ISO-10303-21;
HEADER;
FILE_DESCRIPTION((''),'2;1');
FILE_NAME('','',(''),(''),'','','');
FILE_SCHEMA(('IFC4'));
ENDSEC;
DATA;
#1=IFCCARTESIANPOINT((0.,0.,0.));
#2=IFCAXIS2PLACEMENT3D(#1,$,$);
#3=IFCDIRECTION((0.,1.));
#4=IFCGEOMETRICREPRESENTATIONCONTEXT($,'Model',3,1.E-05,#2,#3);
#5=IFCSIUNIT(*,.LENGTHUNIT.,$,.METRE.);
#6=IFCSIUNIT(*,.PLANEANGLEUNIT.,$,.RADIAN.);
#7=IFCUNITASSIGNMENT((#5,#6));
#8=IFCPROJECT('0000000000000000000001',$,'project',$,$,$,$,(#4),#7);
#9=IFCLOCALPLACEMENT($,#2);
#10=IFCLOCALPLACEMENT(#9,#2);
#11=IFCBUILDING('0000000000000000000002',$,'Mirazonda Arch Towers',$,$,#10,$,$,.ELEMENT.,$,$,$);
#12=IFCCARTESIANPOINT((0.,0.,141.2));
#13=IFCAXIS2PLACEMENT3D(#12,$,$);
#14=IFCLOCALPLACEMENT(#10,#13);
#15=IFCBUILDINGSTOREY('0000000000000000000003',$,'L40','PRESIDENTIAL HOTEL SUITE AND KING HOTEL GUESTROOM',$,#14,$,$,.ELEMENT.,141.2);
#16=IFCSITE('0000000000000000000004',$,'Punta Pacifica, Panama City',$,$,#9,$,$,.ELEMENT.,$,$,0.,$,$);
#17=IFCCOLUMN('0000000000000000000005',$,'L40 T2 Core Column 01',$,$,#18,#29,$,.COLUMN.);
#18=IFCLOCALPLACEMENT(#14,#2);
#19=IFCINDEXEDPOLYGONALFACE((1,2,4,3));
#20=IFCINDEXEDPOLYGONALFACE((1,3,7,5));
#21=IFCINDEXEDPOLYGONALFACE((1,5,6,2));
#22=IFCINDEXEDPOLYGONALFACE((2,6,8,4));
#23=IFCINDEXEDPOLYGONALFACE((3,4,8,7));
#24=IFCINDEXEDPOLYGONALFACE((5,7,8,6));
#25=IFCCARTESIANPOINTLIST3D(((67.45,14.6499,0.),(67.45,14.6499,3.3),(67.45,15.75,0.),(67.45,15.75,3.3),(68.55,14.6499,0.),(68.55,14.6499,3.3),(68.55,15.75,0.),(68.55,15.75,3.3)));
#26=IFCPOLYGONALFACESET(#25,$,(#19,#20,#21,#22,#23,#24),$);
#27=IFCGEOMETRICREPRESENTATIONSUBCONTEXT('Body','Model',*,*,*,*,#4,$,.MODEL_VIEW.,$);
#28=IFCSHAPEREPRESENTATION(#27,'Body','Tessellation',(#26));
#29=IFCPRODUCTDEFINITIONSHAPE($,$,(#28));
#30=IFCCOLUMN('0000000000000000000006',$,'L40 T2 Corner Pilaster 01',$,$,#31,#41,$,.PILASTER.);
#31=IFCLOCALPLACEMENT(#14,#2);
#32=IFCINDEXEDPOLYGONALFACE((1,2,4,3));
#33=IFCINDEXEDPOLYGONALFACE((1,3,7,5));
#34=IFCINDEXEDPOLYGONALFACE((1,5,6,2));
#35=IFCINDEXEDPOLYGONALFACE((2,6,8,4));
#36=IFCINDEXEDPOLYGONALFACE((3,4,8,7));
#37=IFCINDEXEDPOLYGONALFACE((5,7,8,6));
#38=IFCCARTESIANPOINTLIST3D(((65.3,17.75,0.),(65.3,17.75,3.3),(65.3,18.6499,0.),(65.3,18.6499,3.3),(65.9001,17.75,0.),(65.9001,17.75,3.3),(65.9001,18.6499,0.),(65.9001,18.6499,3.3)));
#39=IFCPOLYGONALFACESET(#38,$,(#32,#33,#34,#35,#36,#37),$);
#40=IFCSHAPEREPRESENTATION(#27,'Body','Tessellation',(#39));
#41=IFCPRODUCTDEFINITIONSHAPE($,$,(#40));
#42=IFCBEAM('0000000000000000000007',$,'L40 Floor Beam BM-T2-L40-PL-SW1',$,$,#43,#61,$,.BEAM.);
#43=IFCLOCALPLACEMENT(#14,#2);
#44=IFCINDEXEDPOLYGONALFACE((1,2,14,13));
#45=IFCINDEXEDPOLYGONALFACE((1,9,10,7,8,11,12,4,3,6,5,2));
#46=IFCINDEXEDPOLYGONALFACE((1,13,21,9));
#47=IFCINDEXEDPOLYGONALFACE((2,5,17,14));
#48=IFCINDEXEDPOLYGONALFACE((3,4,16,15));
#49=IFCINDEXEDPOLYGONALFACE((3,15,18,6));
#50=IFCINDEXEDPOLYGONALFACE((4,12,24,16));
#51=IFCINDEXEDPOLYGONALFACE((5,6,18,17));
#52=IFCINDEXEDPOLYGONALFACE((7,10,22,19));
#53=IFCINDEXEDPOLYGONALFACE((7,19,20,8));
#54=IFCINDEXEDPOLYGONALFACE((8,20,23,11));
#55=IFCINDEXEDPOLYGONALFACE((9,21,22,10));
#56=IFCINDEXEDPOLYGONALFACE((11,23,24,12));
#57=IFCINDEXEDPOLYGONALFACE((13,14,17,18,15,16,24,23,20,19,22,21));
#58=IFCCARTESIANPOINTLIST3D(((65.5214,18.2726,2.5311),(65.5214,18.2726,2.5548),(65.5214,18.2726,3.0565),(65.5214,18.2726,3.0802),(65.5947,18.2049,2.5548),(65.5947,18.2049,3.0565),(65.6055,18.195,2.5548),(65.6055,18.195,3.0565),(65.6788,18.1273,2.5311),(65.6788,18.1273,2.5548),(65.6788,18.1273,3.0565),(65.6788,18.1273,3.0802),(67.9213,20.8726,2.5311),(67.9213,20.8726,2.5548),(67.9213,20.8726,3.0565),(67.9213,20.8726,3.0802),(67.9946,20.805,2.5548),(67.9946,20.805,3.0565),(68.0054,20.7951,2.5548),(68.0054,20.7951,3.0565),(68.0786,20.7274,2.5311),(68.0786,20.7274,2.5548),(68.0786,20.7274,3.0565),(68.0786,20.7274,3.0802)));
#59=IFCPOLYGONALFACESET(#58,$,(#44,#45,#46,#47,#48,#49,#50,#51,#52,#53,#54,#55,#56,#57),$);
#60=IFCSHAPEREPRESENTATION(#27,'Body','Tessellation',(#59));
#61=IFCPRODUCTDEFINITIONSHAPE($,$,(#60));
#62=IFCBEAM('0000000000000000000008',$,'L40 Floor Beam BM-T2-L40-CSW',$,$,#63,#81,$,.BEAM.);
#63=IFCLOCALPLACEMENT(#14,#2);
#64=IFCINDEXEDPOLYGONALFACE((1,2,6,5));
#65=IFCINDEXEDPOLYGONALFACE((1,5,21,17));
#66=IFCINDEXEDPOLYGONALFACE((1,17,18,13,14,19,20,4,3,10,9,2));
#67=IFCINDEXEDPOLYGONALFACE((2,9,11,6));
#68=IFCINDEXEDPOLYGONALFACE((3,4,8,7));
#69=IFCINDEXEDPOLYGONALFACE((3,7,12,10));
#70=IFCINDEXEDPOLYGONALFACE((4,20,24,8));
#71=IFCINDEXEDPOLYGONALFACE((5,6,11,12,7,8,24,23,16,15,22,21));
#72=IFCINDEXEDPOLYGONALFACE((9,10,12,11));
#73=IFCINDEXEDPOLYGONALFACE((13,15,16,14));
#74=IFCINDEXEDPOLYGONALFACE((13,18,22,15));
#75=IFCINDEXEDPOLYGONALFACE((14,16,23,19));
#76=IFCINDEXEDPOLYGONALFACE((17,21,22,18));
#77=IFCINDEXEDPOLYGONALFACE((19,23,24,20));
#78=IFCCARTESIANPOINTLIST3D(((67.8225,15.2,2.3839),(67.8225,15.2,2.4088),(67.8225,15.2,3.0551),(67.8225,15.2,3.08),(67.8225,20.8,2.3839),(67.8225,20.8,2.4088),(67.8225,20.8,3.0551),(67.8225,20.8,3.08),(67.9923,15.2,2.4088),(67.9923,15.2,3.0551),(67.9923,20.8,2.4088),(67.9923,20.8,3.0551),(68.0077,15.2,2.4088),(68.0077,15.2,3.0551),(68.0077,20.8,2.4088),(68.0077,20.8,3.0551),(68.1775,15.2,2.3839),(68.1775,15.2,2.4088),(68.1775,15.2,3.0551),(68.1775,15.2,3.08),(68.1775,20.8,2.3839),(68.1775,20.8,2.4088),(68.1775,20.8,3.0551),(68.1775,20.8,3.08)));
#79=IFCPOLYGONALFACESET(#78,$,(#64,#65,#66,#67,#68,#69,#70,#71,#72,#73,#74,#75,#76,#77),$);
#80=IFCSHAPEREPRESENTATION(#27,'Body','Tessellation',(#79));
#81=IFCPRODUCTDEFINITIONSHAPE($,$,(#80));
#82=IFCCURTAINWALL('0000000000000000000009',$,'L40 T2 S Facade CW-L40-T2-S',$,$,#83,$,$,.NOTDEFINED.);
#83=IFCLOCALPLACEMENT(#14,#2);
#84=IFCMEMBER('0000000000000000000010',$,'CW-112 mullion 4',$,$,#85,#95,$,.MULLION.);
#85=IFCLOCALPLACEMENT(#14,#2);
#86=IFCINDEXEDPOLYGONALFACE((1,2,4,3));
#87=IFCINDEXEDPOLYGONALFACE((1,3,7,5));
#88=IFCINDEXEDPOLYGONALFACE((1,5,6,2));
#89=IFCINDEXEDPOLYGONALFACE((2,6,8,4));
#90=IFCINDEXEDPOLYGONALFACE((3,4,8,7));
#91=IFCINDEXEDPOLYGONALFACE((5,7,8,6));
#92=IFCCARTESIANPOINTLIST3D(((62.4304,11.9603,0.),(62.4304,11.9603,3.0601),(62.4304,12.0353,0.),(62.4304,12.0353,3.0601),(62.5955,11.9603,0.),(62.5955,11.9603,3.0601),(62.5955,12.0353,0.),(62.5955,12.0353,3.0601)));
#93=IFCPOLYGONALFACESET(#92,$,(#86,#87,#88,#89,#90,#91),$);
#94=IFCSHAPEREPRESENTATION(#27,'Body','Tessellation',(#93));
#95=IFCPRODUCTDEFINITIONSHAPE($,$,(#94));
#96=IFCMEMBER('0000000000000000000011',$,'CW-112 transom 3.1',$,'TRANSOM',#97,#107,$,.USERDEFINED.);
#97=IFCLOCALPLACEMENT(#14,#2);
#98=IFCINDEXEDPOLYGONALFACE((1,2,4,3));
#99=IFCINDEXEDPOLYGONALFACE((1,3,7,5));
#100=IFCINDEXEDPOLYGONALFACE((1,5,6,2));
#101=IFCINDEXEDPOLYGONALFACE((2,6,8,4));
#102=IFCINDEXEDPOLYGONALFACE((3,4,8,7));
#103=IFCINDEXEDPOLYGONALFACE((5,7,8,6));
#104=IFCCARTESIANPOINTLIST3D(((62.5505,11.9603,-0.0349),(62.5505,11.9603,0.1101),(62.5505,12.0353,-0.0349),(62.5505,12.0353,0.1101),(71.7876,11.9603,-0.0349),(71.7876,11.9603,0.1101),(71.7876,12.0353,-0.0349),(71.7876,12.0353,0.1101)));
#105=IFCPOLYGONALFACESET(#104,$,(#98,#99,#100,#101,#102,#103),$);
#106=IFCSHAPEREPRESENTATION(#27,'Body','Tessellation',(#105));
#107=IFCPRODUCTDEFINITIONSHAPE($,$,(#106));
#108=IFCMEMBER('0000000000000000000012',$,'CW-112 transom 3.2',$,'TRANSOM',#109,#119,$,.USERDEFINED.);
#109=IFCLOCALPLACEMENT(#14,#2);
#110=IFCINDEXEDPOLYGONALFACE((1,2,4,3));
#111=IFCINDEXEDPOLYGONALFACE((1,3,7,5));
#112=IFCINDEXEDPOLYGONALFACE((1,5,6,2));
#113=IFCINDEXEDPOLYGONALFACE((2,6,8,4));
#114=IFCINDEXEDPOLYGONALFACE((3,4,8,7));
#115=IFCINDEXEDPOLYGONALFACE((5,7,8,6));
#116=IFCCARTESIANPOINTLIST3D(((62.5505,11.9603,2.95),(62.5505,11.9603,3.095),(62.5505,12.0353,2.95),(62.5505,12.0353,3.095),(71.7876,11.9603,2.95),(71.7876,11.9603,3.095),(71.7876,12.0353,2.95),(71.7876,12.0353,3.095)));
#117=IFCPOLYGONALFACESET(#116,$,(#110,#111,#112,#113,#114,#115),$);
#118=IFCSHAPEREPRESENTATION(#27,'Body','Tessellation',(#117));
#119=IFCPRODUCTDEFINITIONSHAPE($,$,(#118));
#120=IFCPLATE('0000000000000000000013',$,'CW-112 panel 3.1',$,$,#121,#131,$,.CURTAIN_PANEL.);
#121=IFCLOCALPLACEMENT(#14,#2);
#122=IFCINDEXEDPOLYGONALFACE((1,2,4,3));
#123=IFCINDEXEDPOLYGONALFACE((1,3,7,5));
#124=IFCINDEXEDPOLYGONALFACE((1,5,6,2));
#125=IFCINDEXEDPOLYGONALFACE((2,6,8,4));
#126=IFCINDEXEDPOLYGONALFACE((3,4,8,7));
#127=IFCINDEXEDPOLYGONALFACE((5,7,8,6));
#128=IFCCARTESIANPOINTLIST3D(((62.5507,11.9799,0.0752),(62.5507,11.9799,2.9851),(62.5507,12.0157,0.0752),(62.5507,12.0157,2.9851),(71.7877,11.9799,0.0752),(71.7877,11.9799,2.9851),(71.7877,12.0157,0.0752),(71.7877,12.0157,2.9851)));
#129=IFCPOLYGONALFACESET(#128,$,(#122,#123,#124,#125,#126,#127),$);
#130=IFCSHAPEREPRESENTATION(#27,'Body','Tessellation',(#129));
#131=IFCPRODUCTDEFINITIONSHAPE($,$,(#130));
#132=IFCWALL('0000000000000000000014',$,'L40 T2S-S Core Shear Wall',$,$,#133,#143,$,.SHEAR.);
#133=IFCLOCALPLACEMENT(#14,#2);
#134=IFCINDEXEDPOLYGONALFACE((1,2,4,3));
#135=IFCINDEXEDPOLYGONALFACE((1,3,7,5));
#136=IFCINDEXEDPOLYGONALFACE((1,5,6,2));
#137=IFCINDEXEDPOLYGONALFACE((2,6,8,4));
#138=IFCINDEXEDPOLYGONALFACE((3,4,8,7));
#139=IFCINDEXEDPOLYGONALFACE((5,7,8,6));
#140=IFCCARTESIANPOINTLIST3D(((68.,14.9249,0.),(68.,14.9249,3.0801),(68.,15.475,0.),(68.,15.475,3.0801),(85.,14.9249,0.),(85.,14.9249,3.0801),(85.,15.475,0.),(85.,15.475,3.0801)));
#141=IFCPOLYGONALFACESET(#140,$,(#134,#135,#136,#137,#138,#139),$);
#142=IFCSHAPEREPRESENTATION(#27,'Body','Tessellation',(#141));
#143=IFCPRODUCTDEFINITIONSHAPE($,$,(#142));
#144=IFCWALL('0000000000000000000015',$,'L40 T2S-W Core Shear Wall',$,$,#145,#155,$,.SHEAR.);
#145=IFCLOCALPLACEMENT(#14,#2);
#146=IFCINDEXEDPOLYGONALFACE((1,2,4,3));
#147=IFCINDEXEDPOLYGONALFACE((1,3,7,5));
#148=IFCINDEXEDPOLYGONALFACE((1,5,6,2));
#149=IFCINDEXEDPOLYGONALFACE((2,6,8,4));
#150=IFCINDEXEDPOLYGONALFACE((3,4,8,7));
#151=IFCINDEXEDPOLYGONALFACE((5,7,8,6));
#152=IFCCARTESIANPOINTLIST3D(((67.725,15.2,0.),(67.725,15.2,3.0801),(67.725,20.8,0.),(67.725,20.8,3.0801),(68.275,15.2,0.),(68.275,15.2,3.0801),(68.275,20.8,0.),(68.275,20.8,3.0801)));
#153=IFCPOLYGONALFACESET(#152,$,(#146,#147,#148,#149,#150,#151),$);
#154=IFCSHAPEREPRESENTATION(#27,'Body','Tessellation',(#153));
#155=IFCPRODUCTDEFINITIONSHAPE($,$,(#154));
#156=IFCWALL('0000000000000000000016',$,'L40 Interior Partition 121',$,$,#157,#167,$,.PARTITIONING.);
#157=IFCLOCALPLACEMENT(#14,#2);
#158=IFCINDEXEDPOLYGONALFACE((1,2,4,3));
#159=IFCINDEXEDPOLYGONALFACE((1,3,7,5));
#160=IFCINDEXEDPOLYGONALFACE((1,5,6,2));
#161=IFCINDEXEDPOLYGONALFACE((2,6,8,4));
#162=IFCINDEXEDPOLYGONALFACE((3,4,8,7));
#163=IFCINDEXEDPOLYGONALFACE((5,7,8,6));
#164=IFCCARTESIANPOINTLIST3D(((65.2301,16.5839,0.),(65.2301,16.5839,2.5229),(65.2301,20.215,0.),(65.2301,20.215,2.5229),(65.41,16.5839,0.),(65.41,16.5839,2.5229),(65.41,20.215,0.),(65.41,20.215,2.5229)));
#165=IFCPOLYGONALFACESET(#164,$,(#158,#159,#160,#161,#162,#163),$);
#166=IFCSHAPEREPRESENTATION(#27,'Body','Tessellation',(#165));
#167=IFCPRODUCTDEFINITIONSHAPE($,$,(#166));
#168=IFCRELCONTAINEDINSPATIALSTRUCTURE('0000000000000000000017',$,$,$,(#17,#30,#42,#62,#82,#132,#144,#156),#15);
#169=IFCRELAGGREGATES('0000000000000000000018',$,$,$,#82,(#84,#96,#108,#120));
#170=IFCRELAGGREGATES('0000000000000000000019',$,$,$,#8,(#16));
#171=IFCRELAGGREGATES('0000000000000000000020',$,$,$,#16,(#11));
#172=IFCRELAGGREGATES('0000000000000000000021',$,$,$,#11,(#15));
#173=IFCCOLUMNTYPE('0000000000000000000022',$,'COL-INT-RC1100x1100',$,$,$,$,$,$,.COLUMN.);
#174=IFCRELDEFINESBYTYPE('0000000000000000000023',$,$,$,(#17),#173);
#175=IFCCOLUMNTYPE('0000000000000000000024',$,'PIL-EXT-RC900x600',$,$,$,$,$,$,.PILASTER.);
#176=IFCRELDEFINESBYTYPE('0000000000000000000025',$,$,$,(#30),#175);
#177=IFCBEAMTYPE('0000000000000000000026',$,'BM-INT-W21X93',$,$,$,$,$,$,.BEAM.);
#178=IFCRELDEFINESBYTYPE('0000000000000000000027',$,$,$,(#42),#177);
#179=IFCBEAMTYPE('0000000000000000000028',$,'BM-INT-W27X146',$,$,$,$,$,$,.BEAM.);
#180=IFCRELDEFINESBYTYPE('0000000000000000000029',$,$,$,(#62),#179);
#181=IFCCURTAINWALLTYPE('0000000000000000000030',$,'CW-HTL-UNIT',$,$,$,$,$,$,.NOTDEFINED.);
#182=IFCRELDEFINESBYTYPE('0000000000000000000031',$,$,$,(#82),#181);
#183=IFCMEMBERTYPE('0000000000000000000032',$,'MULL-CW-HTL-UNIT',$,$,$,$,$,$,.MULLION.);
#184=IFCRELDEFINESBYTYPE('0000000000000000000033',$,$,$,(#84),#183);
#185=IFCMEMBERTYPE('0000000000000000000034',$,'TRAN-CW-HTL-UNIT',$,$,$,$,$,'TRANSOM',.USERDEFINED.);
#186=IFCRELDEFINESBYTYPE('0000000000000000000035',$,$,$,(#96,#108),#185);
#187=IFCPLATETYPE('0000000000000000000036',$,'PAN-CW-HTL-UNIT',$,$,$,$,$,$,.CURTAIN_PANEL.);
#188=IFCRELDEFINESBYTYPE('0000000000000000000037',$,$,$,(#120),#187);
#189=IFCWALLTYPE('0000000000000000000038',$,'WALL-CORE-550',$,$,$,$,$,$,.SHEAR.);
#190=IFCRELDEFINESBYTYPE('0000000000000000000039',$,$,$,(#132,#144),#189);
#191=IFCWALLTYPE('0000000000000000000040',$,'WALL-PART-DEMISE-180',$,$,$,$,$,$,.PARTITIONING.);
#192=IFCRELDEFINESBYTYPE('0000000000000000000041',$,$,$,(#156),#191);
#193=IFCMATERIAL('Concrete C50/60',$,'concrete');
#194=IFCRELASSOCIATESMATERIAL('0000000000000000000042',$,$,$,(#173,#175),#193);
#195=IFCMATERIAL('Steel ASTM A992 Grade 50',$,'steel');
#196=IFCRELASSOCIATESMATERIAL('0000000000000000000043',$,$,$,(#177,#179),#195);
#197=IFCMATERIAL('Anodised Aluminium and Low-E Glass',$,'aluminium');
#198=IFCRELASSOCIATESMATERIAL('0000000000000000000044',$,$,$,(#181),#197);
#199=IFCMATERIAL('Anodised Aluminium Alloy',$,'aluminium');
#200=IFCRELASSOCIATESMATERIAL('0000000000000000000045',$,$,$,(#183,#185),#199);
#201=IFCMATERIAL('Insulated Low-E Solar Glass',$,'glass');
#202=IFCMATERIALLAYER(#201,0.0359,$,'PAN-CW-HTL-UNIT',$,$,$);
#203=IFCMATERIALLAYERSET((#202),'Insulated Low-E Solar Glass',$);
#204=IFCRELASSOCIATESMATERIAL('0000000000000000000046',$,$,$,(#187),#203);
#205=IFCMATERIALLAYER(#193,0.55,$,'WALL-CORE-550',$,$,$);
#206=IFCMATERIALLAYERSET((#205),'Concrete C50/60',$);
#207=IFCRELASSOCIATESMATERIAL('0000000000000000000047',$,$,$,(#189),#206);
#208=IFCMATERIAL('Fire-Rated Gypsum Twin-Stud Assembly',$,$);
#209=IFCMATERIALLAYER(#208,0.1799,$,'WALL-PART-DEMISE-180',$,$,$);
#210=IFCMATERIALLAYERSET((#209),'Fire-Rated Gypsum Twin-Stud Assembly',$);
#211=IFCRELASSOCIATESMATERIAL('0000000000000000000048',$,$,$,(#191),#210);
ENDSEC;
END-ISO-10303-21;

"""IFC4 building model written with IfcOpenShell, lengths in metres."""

from ifc_helpers import new_model, si_unit, direction, frame, frame_2d, origin, origin_2d, place, context, subcontext, project, spatial, rectangle, i_section, extrude, material, layer, layer_set, material_profile, profile_set, type_object, element, aggregate, save


model = new_model("IFC4")

# Units and contexts
model_context = context("Model", 3, precision=1e-05, world=origin(), true_north=direction((0.0, 1.0)))
body_context = subcontext(model_context, "Body", "Model", "MODEL_VIEW")
ifc_project = project(units=[si_unit("LENGTHUNIT", "METRE"), si_unit("PLANEANGLEUNIT", "RADIAN")], contexts=[model_context])

# Site, building, storey
site_placement = place(None, origin())
site = spatial("IfcSite", under=ifc_project, at=site_placement, Name="Punta Pacifica, Panama City", CompositionType="ELEMENT", RefElevation=0.0)
building_placement = place(site_placement, origin())
building = spatial("IfcBuilding", under=site, at=building_placement, Name="Mirazonda Arch Towers", CompositionType="ELEMENT")
storey_placement = place(building_placement, frame((0.0, 0.0, 141.2)))
storey = spatial("IfcBuildingStorey", under=building, at=storey_placement, Name="L40", Description="PRESIDENTIAL HOTEL SUITE AND KING HOTEL GUESTROOM", CompositionType="ELEMENT", Elevation=141.2)

# Columns
ifc_material_1 = material(Name="Concrete C50/60", Category="concrete")
ifc_material_profile_1 = material_profile(ifc_material_1, rectangle(XDim=1.1001, YDim=1.1001, at=origin_2d()), Name="RC1100x1100")
ifc_profile_set_1 = profile_set([ifc_material_profile_1], Name="Concrete C50/60")
column_type_1 = type_object("IfcColumnType", Name="COL-INT-RC1100x1100", PredefinedType="COLUMN", material=ifc_profile_set_1)
column_1_placement = place(storey_placement, frame((68.0, 15.2, 0.0), z_axis=(0.0, 0.0, 1.0), x_axis=(1.0, 0.0, 0.0)))
element("IfcColumn", 1, at=column_1_placement, inside=storey, type_object=column_type_1, Name="L40 T2 Core Column 01", PredefinedType="COLUMN", context=body_context, shape_type="SweptSolid", body=[
    extrude(rectangle(XDim=1.1001, YDim=1.1001, at=origin_2d()), origin(), (0.0, 0.0, 1.0), 3.3),
])
ifc_material_profile_2 = material_profile(ifc_material_1, rectangle(XDim=0.6001, YDim=0.8999, at=origin_2d()), Name="RC900x600")
ifc_profile_set_2 = profile_set([ifc_material_profile_2], Name="Concrete C50/60")
column_type_2 = type_object("IfcColumnType", Name="PIL-EXT-RC900x600", PredefinedType="PILASTER", material=ifc_profile_set_2)
column_2_placement = place(storey_placement, frame((65.6001, 18.2, 0.0), z_axis=(0.0, 0.0, 1.0), x_axis=(1.0, 0.0, 0.0)))
element("IfcColumn", 2, at=column_2_placement, inside=storey, type_object=column_type_2, Name="L40 T2 Corner Pilaster 01", PredefinedType="PILASTER", context=body_context, shape_type="SweptSolid", body=[
    extrude(rectangle(XDim=0.6001, YDim=0.8999, at=origin_2d()), origin(), (0.0, 0.0, 1.0), 3.3),
])

# Beams
ifc_material_2 = material(Name="Steel ASTM A992 Grade 50", Category="steel")
ifc_material_profile_3 = material_profile(ifc_material_2, i_section(OverallWidth=0.2141, OverallDepth=0.5491, WebThickness=0.0146, FlangeThickness=0.0237, at=origin_2d()), Name="W21X93")
ifc_profile_set_3 = profile_set([ifc_material_profile_3], Name="Steel ASTM A992 Grade 50")
beam_type_1 = type_object("IfcBeamType", Name="BM-INT-W21X93", PredefinedType="BEAM", material=ifc_profile_set_3)
beam_1_placement = place(storey_placement, frame((65.6001, 18.2, 2.8057), z_axis=(0.678251, 0.73483, 0.0), x_axis=(-0.73483, 0.678251, 0.0)))
element("IfcBeam", 3, at=beam_1_placement, inside=storey, type_object=beam_type_1, Name="L40 Floor Beam BM-T2-L40-PL-SW1", PredefinedType="BEAM", context=body_context, shape_type="SweptSolid", body=[
    extrude(i_section(OverallWidth=0.2141, OverallDepth=0.5491, WebThickness=0.0146, FlangeThickness=0.0237, at=origin_2d()), origin(), (0.0, 0.0, 1.0), 3.5383),
])
ifc_material_profile_4 = material_profile(ifc_material_2, i_section(OverallWidth=0.355, OverallDepth=0.696, WebThickness=0.0154, FlangeThickness=0.0249, at=origin_2d()), Name="W27X146")
ifc_profile_set_4 = profile_set([ifc_material_profile_4], Name="Steel ASTM A992 Grade 50")
beam_type_2 = type_object("IfcBeamType", Name="BM-INT-W27X146", PredefinedType="BEAM", material=ifc_profile_set_4)
beam_2_placement = place(storey_placement, frame((68.0, 15.2, 2.7319), z_axis=(0.0, 1.0, 0.0), x_axis=(-1.0, 0.0, 0.0)))
element("IfcBeam", 4, at=beam_2_placement, inside=storey, type_object=beam_type_2, Name="L40 Floor Beam BM-T2-L40-CSW", PredefinedType="BEAM", context=body_context, shape_type="SweptSolid", body=[
    extrude(i_section(OverallWidth=0.355, OverallDepth=0.696, WebThickness=0.0154, FlangeThickness=0.0249, at=origin_2d()), origin(), (0.0, 0.0, 1.0), 5.6001),
])

# Curtain wall, members, plate
ifc_material_3 = material(Name="Anodised Aluminium and Low-E Glass", Category="aluminium")
curtain_wall_type = type_object("IfcCurtainWallType", Name="CW-HTL-UNIT", PredefinedType="NOTDEFINED", material=ifc_material_3)
curtain_wall_placement = place(storey_placement, origin())
curtain_wall = element("IfcCurtainWall", 5, at=curtain_wall_placement, inside=storey, type_object=curtain_wall_type, Name="L40 T2 S Facade CW-L40-T2-S", PredefinedType="NOTDEFINED")
ifc_material_4 = material(Name="Anodised Aluminium Alloy", Category="aluminium")
ifc_material_profile_5 = material_profile(ifc_material_4, rectangle(XDim=0.075, YDim=0.165, at=origin_2d()), Name="ALU-MULL-75x165")
ifc_profile_set_5 = profile_set([ifc_material_profile_5], Name="Anodised Aluminium Alloy")
member_type_1 = type_object("IfcMemberType", Name="MULL-CW-HTL-UNIT", PredefinedType="MULLION", material=ifc_profile_set_5)
member_1_placement = place(storey_placement, frame((62.5129, 11.9978, 0.0), z_axis=(0.0, 0.0, 1.0), x_axis=(0.0, -1.0, 0.0)))
member_1 = element("IfcMember", 6, at=member_1_placement, type_object=member_type_1, Name="CW-112 mullion 4", PredefinedType="MULLION", context=body_context, shape_type="SweptSolid", body=[
    extrude(rectangle(XDim=0.075, YDim=0.165, at=origin_2d()), origin(), (0.0, 0.0, 1.0), 3.0601),
])
ifc_material_profile_6 = material_profile(ifc_material_4, rectangle(XDim=0.075, YDim=0.145, at=origin_2d()), Name="ALU-TRAN-75x145")
ifc_profile_set_6 = profile_set([ifc_material_profile_6], Name="Anodised Aluminium Alloy")
member_type_2 = type_object("IfcMemberType", Name="TRAN-CW-HTL-UNIT", ElementType="TRANSOM", PredefinedType="USERDEFINED", material=ifc_profile_set_6)
member_2_placement = place(storey_placement, frame((71.7876, 11.9978, 0.0376), z_axis=(-1.0, 0.0, 0.0), x_axis=(0.0, -1.0, 0.0)))
member_2 = element("IfcMember", 7, at=member_2_placement, type_object=member_type_2, Name="CW-112 transom 3.1", ObjectType="TRANSOM", PredefinedType="USERDEFINED", context=body_context, shape_type="SweptSolid", body=[
    extrude(rectangle(XDim=0.075, YDim=0.145, at=origin_2d()), origin(), (0.0, 0.0, 1.0), 9.2371),
])
member_3_placement = place(storey_placement, frame((71.7876, 11.9978, 3.0225), z_axis=(-1.0, 0.0, 0.0), x_axis=(0.0, -1.0, 0.0)))
member_3 = element("IfcMember", 8, at=member_3_placement, type_object=member_type_2, Name="CW-112 transom 3.2", ObjectType="TRANSOM", PredefinedType="USERDEFINED", context=body_context, shape_type="SweptSolid", body=[
    extrude(rectangle(XDim=0.075, YDim=0.145, at=origin_2d()), origin(), (0.0, 0.0, 1.0), 9.2371),
])
ifc_material_5 = material(Name="Insulated Low-E Solar Glass", Category="glass")
ifc_layer_1 = layer(ifc_material_5, 0.0359, Name="PAN-CW-HTL-UNIT")
ifc_layer_set_1 = layer_set([ifc_layer_1], Name="Insulated Low-E Solar Glass")
plate_type = type_object("IfcPlateType", Name="PAN-CW-HTL-UNIT", PredefinedType="CURTAIN_PANEL", material=ifc_layer_set_1)
plate_placement = place(storey_placement, frame((67.1692, 11.9978, 0.0752), z_axis=(0.0, 0.0, 1.0), x_axis=(-1.0, 0.0, 0.0)))
plate = element("IfcPlate", 9, at=plate_placement, type_object=plate_type, Name="CW-112 panel 3.1", PredefinedType="CURTAIN_PANEL", context=body_context, shape_type="SweptSolid", body=[
    extrude(rectangle(XDim=9.2371, YDim=0.0359, at=origin_2d()), origin(), (0.0, 0.0, 1.0), 2.9099),
])
aggregate(curtain_wall, [member_1, member_2, member_3, plate])

# Walls
ifc_layer_2 = layer(ifc_material_1, 0.55, Name="WALL-CORE-550")
ifc_layer_set_2 = layer_set([ifc_layer_2], Name="Concrete C50/60")
wall_type_1 = type_object("IfcWallType", Name="WALL-CORE-550", PredefinedType="SHEAR", material=ifc_layer_set_2)
wall_1_placement = place(storey_placement, frame((68.0, 15.2, 0.0), z_axis=(0.0, 0.0, 1.0), x_axis=(1.0, 0.0, 0.0)))
element("IfcWall", 10, at=wall_1_placement, inside=storey, type_object=wall_type_1, Name="L40 T2S-S Core Shear Wall", PredefinedType="SHEAR", context=body_context, shape_type="SweptSolid", body=[
    extrude(rectangle(XDim=17.0, YDim=0.55, at=frame_2d((8.5, 0.0))), origin(), (0.0, 0.0, 1.0), 3.0801),
])
wall_2_placement = place(storey_placement, frame((68.0, 15.2, 0.0), z_axis=(0.0, 0.0, 1.0), x_axis=(0.0, 1.0, 0.0)))
element("IfcWall", 11, at=wall_2_placement, inside=storey, type_object=wall_type_1, Name="L40 T2S-W Core Shear Wall", PredefinedType="SHEAR", context=body_context, shape_type="SweptSolid", body=[
    extrude(rectangle(XDim=5.6001, YDim=0.55, at=frame_2d((2.8, 0.0))), origin(), (0.0, 0.0, 1.0), 3.0801),
])
ifc_material_6 = material(Name="Fire-Rated Gypsum Twin-Stud Assembly")
ifc_layer_3 = layer(ifc_material_6, 0.1799, Name="WALL-PART-DEMISE-180")
ifc_layer_set_3 = layer_set([ifc_layer_3], Name="Fire-Rated Gypsum Twin-Stud Assembly")
wall_type_2 = type_object("IfcWallType", Name="WALL-PART-DEMISE-180", PredefinedType="PARTITIONING", material=ifc_layer_set_3)
wall_3_placement = place(storey_placement, frame((65.3201, 16.584, 0.0), z_axis=(0.0, 0.0, 1.0), x_axis=(0.0, 1.0, 0.0)))
element("IfcWall", 12, at=wall_3_placement, inside=storey, type_object=wall_type_2, Name="L40 Interior Partition 121", PredefinedType="PARTITIONING", context=body_context, shape_type="SweptSolid", body=[
    extrude(rectangle(XDim=3.6311, YDim=0.1799, at=frame_2d((1.8154, 0.0))), origin(), (0.0, 0.0, 1.0), 2.5229),
])

save(model, "model.ifc")
